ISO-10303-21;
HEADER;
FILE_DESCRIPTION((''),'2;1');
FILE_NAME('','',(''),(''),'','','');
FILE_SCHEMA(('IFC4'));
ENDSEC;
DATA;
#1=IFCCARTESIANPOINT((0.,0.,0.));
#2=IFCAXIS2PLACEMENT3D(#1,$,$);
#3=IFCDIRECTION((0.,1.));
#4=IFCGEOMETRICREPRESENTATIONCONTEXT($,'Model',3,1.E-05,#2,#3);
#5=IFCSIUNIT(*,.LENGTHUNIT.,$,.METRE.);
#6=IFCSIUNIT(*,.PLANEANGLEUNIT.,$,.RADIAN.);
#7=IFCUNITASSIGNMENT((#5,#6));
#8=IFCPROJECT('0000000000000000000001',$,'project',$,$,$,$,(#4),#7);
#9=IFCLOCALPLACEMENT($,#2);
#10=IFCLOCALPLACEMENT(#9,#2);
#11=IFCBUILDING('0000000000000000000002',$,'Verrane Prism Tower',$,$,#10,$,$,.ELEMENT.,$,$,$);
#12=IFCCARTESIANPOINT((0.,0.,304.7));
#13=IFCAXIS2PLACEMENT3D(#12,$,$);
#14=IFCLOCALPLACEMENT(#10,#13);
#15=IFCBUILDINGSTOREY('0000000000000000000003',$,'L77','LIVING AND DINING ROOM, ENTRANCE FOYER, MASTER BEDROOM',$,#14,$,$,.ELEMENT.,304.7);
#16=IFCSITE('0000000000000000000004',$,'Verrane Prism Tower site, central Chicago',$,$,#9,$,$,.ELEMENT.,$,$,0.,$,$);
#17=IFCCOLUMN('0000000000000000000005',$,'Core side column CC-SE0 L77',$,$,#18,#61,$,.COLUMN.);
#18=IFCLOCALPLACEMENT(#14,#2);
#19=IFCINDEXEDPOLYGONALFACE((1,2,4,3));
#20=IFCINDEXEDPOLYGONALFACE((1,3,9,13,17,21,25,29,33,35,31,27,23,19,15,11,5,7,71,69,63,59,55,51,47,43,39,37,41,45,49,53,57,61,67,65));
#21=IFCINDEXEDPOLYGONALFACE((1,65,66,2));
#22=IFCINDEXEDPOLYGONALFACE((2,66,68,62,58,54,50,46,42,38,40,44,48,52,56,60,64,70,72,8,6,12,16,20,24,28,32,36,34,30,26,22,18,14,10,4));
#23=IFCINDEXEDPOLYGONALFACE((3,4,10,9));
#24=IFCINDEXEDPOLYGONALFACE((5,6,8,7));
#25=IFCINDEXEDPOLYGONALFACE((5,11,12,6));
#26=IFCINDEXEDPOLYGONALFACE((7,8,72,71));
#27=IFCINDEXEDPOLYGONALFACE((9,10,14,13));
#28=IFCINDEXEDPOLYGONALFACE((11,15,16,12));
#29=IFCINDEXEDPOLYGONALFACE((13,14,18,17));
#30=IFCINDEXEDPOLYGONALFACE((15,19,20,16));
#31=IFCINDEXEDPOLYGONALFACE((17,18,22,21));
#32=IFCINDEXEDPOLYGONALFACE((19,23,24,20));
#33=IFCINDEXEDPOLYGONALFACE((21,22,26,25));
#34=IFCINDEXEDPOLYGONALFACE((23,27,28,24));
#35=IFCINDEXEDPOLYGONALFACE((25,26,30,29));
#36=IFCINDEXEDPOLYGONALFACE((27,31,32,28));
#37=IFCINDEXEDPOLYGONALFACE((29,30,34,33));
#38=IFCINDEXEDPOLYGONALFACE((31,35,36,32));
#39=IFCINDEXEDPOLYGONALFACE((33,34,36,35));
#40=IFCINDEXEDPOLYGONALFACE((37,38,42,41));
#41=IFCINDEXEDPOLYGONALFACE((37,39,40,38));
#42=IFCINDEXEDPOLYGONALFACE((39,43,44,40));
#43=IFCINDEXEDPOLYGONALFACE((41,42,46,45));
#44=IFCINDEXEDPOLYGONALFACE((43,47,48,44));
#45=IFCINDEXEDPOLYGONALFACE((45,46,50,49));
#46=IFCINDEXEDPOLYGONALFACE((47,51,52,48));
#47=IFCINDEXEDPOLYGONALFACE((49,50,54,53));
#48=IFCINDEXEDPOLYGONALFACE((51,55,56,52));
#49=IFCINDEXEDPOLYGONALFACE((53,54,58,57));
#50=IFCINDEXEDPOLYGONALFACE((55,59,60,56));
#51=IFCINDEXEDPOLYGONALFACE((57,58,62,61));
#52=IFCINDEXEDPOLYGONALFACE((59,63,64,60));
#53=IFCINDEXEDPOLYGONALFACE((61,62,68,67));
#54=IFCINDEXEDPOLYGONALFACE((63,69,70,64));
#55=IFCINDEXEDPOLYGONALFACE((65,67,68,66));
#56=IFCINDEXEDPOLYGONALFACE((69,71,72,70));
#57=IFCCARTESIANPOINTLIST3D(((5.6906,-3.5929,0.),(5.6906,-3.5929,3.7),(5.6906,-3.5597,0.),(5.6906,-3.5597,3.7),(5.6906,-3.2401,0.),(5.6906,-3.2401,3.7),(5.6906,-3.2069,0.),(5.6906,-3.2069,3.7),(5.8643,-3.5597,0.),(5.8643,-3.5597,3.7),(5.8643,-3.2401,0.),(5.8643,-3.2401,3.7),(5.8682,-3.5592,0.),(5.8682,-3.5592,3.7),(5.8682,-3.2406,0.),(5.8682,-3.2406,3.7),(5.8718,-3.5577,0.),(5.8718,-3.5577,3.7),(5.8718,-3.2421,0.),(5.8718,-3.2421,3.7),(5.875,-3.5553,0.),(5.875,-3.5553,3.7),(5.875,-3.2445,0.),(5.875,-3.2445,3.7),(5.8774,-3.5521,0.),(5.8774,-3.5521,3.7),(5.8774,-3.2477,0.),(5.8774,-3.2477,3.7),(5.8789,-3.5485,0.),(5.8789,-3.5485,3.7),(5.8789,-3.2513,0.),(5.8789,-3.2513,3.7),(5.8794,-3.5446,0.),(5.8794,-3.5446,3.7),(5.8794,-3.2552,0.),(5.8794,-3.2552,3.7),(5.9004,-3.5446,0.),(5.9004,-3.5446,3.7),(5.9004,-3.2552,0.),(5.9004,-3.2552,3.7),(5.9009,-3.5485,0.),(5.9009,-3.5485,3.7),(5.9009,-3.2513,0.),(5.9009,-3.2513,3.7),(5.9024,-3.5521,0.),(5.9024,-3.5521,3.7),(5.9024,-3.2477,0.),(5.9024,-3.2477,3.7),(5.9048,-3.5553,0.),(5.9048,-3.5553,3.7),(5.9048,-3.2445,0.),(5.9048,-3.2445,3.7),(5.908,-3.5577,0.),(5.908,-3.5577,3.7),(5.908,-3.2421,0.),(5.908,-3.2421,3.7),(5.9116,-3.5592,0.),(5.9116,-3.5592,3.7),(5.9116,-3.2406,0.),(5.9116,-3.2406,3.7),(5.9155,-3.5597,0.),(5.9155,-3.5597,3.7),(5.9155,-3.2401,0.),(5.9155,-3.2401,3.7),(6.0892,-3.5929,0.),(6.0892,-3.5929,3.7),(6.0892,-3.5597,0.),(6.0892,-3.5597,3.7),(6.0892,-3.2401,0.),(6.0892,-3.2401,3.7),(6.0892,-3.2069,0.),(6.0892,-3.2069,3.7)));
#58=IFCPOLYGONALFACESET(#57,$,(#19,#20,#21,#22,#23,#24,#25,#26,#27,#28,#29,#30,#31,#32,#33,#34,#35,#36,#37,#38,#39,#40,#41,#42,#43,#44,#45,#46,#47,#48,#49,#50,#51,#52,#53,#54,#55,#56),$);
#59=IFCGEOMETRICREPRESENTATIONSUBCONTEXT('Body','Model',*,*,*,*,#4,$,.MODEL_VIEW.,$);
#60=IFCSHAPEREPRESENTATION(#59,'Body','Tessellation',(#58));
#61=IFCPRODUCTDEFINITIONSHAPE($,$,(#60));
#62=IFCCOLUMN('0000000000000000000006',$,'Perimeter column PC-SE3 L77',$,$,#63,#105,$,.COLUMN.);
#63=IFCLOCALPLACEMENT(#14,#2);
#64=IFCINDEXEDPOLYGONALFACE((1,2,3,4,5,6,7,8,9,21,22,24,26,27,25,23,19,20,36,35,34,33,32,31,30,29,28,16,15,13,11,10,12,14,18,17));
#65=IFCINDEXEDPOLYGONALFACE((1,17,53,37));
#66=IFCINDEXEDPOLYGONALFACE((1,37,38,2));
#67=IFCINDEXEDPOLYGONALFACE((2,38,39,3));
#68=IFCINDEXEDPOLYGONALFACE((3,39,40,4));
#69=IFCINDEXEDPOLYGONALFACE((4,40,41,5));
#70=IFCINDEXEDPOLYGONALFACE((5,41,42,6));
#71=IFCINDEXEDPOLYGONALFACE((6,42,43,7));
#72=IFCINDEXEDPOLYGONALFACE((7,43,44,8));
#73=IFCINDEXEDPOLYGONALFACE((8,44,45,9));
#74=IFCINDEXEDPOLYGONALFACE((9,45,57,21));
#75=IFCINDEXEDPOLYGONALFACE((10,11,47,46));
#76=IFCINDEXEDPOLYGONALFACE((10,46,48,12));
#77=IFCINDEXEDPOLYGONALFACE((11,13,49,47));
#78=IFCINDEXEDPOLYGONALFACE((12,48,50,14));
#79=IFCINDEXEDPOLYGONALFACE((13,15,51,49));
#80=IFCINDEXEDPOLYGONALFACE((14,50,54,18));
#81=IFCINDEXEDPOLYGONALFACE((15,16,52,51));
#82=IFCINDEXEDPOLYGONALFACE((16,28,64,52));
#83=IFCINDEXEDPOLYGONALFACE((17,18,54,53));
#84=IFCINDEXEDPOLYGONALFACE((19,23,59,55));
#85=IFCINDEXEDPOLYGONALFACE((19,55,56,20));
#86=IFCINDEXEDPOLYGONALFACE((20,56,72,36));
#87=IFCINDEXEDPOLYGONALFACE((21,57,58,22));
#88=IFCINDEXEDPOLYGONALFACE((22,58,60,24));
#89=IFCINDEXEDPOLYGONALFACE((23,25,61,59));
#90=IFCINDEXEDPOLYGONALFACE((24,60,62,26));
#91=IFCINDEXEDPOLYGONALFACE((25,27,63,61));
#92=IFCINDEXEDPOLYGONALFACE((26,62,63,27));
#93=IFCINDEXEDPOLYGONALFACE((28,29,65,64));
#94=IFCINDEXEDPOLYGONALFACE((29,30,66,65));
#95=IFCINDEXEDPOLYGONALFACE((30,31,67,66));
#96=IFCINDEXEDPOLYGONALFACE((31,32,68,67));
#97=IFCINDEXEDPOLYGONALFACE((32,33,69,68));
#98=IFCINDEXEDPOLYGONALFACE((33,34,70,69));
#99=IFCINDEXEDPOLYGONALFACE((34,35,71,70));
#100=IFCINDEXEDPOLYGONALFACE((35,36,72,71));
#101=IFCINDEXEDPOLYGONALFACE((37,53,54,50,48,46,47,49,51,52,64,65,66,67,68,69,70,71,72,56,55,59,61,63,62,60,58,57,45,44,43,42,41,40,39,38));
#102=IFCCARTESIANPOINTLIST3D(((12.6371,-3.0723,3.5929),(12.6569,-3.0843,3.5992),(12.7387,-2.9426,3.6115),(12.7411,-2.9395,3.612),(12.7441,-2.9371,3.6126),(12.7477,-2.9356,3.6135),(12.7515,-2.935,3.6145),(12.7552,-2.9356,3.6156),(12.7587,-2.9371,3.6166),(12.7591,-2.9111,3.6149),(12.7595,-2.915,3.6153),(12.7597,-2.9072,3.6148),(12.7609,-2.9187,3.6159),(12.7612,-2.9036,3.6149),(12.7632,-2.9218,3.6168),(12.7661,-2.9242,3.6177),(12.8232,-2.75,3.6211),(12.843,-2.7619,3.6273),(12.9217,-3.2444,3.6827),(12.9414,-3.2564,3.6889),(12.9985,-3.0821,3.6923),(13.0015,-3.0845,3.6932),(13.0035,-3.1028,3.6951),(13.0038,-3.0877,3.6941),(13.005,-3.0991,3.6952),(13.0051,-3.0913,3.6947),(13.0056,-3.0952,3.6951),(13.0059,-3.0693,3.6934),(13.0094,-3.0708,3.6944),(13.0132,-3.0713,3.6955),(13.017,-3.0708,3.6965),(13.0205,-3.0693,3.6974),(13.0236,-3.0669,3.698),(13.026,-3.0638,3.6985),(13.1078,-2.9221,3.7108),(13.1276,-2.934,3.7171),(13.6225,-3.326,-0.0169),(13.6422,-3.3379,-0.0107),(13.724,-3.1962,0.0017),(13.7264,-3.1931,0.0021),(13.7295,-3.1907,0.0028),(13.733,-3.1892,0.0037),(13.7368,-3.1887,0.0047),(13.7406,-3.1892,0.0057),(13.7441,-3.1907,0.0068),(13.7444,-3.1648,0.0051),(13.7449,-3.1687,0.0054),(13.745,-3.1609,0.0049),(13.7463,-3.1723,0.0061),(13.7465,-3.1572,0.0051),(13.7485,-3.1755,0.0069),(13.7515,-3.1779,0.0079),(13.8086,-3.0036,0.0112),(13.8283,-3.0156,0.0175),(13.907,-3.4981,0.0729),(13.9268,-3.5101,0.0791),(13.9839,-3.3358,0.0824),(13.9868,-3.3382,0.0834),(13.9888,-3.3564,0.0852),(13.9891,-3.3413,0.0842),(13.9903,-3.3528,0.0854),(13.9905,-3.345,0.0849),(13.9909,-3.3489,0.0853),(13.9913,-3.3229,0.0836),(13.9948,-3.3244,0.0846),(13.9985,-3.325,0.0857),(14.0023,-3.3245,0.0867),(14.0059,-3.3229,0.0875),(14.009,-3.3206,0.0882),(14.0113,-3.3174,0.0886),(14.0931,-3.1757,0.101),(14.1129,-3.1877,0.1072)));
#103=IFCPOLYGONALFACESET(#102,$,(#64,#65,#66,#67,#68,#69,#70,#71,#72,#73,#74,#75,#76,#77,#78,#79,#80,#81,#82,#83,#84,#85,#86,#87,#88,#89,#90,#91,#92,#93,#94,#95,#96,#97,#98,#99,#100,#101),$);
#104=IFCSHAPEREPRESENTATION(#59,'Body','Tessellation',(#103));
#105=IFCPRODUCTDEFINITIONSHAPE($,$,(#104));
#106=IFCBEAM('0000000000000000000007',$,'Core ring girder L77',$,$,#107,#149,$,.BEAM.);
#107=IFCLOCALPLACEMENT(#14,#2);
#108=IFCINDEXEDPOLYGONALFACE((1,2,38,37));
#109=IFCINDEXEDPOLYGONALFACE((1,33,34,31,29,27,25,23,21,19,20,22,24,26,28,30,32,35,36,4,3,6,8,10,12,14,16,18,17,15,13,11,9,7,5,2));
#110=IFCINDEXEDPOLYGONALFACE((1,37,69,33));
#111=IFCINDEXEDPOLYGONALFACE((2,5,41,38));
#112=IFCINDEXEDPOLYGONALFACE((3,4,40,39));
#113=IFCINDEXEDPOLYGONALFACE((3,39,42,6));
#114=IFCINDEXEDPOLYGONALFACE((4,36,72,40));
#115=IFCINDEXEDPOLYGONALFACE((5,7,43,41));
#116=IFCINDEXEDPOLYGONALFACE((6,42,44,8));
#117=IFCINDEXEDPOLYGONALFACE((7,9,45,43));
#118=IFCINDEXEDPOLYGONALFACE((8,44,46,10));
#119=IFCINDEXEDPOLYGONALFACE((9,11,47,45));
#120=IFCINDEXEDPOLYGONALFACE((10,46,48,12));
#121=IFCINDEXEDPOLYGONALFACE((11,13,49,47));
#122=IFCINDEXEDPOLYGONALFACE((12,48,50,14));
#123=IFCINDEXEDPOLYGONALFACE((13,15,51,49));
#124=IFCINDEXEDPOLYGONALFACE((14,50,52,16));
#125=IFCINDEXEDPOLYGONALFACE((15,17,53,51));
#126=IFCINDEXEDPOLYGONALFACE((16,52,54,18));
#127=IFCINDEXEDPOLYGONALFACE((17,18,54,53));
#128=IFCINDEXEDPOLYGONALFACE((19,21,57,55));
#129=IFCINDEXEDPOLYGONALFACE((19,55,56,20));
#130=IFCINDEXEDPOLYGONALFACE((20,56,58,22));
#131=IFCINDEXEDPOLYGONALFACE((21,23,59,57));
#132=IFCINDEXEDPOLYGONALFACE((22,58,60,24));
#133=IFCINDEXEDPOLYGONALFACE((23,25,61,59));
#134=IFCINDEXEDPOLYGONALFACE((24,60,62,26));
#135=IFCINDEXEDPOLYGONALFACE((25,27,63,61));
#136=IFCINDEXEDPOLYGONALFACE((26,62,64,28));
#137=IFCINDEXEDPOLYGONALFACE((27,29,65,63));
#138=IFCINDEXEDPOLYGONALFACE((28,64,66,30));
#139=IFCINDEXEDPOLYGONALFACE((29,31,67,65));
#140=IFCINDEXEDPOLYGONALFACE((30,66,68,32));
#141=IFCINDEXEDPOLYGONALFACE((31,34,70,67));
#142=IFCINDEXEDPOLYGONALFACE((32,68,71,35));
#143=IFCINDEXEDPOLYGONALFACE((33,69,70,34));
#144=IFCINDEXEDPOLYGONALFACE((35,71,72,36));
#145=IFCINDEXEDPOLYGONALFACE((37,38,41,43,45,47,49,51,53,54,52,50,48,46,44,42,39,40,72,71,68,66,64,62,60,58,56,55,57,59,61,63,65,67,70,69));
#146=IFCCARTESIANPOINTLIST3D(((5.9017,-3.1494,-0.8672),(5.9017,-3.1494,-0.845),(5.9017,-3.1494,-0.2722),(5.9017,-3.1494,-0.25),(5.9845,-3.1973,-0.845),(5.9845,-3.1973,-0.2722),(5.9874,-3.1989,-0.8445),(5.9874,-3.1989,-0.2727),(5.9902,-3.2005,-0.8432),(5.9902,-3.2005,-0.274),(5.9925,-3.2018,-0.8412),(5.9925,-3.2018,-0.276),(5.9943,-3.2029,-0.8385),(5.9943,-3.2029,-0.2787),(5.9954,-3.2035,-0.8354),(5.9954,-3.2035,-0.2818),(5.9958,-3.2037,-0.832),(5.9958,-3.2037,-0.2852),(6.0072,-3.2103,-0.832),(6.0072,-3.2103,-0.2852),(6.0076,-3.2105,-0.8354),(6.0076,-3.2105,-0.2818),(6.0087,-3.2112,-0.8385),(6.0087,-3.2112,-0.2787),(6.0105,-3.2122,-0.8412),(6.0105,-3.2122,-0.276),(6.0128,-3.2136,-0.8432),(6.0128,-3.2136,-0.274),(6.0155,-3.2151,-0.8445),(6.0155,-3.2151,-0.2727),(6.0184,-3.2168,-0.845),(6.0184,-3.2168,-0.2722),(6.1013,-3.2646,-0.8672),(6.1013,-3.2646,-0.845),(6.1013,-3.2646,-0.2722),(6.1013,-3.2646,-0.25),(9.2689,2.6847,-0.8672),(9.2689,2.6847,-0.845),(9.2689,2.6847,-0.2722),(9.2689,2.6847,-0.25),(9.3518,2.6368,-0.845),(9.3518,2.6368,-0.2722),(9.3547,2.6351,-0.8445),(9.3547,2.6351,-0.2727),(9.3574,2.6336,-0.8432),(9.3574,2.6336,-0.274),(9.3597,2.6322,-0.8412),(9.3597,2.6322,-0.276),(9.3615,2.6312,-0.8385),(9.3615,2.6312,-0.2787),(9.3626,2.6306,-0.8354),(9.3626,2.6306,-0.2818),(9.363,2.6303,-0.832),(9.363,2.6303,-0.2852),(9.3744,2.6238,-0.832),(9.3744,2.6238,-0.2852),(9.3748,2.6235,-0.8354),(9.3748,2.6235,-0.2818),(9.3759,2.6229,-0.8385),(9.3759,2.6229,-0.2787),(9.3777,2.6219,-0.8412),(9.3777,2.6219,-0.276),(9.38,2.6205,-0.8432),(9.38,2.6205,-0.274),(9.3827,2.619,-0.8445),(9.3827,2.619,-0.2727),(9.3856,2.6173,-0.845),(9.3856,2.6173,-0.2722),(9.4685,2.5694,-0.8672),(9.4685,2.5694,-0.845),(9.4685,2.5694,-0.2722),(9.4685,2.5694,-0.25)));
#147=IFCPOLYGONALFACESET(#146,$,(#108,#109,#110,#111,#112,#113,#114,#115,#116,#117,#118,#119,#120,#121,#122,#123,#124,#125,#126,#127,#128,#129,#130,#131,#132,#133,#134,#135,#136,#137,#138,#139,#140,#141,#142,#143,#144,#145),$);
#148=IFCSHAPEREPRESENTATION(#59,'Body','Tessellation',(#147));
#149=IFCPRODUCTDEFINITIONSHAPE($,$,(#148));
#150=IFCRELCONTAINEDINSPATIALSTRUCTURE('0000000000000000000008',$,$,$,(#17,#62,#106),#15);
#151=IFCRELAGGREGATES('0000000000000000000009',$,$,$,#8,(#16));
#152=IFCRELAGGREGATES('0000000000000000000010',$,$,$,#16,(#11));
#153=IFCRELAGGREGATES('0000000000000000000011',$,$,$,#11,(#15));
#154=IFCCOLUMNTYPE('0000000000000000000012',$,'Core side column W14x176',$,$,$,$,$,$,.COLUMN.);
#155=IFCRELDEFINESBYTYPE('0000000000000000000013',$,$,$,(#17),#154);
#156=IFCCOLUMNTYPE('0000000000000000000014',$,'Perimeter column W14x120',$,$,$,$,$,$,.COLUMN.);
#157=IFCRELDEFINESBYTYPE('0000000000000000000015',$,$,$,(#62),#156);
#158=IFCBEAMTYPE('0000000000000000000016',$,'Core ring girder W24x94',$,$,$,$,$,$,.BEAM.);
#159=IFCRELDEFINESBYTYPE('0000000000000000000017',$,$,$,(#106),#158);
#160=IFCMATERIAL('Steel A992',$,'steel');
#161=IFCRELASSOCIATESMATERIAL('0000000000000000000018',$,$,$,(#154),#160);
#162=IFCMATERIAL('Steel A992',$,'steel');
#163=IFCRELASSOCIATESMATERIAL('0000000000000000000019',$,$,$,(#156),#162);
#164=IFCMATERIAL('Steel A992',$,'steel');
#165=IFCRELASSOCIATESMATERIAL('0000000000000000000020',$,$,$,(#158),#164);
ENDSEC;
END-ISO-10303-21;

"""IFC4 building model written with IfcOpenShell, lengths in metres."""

from ifc_helpers import new_model, si_unit, direction, frame, origin, origin_2d, place, context, subcontext, project, spatial, i_section, extrude, material, material_profile, profile_set, type_object, element, save


model = new_model("IFC4")

# Units and contexts
model_context = context("Model", 3, precision=1e-05, world=origin(), true_north=direction((0.0, 1.0)))
body_context = subcontext(model_context, "Body", "Model", "MODEL_VIEW")
ifc_project = project(units=[si_unit("LENGTHUNIT", "METRE"), si_unit("PLANEANGLEUNIT", "RADIAN")], contexts=[model_context])

# Site, building, storey
site_placement = place(None, origin())
site = spatial("IfcSite", under=ifc_project, at=site_placement, Name="Verrane Prism Tower site, central Chicago", CompositionType="ELEMENT", RefElevation=0.0)
building_placement = place(site_placement, origin())
building = spatial("IfcBuilding", under=site, at=building_placement, Name="Verrane Prism Tower", CompositionType="ELEMENT")
storey_placement = place(building_placement, frame((0.0, 0.0, 304.7)))
storey = spatial("IfcBuildingStorey", under=building, at=storey_placement, Name="L77", Description="LIVING AND DINING ROOM, ENTRANCE FOYER, MASTER BEDROOM", CompositionType="ELEMENT", Elevation=304.7)

# Columns
ifc_material_1 = material(Name="Steel A992", Category="steel")
ifc_material_profile_1 = material_profile(ifc_material_1, i_section(OverallWidth=0.3987, OverallDepth=0.386, WebThickness=0.021, FlangeThickness=0.0332, FilletRadius=0.0151, at=origin_2d()), Name="W14x176")
ifc_profile_set_1 = profile_set([ifc_material_profile_1], Name="Steel A992")
column_type_1 = type_object("IfcColumnType", Name="Core side column W14x176", PredefinedType="COLUMN", material=ifc_profile_set_1)
column_1_placement = place(storey_placement, frame((5.8899, -3.3999, 0.0), z_axis=(0.0, 0.0, 1.0), x_axis=(1.0, 0.0, 0.0)))
element("IfcColumn", 1, at=column_1_placement, inside=storey, type_object=column_type_1, Name="Core side column CC-SE0 L77", PredefinedType="COLUMN", context=body_context, shape_type="SweptSolid", body=[
    extrude(i_section(OverallWidth=0.3987, OverallDepth=0.386, WebThickness=0.021, FlangeThickness=0.0332, FilletRadius=0.0151, at=origin_2d()), origin(), (0.0, 0.0, 1.0), 3.7),
])
ifc_material_2 = material(Name="Steel A992", Category="steel")
ifc_material_profile_2 = material_profile(ifc_material_2, i_section(OverallWidth=0.3733, OverallDepth=0.3684, WebThickness=0.0149, FlangeThickness=0.0239, FilletRadius=0.0151, at=origin_2d()), Name="W14x120")
ifc_profile_set_2 = profile_set([ifc_material_profile_2], Name="Steel A992")
column_type_2 = type_object("IfcColumnType", Name="Perimeter column W14x120", PredefinedType="COLUMN", material=ifc_profile_set_2)
column_2_placement = place(storey_placement, frame((13.8677, -3.2568, 0.0452), z_axis=(-0.262724, 0.067634, 0.962498), x_axis=(-0.498583, -0.863555, -0.075412)))
element("IfcColumn", 2, at=column_2_placement, inside=storey, type_object=column_type_2, Name="Perimeter column PC-SE3 L77", PredefinedType="COLUMN", context=body_context, shape_type="SweptSolid", body=[
    extrude(i_section(OverallWidth=0.3733, OverallDepth=0.3684, WebThickness=0.0149, FlangeThickness=0.0239, FilletRadius=0.0151, at=origin_2d()), origin(), (0.0, 0.0, 1.0), 3.7505),
])

# Beam
ifc_material_3 = material(Name="Steel A992", Category="steel")
ifc_material_profile_3 = material_profile(ifc_material_3, i_section(OverallWidth=0.2305, OverallDepth=0.6172, WebThickness=0.0132, FlangeThickness=0.0222, FilletRadius=0.0129, at=origin_2d()), Name="W24x94")
ifc_profile_set_3 = profile_set([ifc_material_profile_3], Name="Steel A992")
beam_type_1 = type_object("IfcBeamType", Name="Core ring girder W24x94", PredefinedType="BEAM", material=ifc_profile_set_3)
beam_1_placement = place(storey_placement, frame((6.0015, -3.207, -0.5586), z_axis=(0.499881, 0.866094, 0.0), x_axis=(-0.866094, 0.499881, 0.0)))
element("IfcBeam", 3, at=beam_1_placement, inside=storey, type_object=beam_type_1, Name="Core ring girder L77", PredefinedType="BEAM", context=body_context, shape_type="SweptSolid", body=[
    extrude(i_section(OverallWidth=0.2305, OverallDepth=0.6172, WebThickness=0.0132, FlangeThickness=0.0222, FilletRadius=0.0129, at=origin_2d()), origin(), (0.0, 0.0, 1.0), 6.7361),
])

save(model, "model.ifc")
